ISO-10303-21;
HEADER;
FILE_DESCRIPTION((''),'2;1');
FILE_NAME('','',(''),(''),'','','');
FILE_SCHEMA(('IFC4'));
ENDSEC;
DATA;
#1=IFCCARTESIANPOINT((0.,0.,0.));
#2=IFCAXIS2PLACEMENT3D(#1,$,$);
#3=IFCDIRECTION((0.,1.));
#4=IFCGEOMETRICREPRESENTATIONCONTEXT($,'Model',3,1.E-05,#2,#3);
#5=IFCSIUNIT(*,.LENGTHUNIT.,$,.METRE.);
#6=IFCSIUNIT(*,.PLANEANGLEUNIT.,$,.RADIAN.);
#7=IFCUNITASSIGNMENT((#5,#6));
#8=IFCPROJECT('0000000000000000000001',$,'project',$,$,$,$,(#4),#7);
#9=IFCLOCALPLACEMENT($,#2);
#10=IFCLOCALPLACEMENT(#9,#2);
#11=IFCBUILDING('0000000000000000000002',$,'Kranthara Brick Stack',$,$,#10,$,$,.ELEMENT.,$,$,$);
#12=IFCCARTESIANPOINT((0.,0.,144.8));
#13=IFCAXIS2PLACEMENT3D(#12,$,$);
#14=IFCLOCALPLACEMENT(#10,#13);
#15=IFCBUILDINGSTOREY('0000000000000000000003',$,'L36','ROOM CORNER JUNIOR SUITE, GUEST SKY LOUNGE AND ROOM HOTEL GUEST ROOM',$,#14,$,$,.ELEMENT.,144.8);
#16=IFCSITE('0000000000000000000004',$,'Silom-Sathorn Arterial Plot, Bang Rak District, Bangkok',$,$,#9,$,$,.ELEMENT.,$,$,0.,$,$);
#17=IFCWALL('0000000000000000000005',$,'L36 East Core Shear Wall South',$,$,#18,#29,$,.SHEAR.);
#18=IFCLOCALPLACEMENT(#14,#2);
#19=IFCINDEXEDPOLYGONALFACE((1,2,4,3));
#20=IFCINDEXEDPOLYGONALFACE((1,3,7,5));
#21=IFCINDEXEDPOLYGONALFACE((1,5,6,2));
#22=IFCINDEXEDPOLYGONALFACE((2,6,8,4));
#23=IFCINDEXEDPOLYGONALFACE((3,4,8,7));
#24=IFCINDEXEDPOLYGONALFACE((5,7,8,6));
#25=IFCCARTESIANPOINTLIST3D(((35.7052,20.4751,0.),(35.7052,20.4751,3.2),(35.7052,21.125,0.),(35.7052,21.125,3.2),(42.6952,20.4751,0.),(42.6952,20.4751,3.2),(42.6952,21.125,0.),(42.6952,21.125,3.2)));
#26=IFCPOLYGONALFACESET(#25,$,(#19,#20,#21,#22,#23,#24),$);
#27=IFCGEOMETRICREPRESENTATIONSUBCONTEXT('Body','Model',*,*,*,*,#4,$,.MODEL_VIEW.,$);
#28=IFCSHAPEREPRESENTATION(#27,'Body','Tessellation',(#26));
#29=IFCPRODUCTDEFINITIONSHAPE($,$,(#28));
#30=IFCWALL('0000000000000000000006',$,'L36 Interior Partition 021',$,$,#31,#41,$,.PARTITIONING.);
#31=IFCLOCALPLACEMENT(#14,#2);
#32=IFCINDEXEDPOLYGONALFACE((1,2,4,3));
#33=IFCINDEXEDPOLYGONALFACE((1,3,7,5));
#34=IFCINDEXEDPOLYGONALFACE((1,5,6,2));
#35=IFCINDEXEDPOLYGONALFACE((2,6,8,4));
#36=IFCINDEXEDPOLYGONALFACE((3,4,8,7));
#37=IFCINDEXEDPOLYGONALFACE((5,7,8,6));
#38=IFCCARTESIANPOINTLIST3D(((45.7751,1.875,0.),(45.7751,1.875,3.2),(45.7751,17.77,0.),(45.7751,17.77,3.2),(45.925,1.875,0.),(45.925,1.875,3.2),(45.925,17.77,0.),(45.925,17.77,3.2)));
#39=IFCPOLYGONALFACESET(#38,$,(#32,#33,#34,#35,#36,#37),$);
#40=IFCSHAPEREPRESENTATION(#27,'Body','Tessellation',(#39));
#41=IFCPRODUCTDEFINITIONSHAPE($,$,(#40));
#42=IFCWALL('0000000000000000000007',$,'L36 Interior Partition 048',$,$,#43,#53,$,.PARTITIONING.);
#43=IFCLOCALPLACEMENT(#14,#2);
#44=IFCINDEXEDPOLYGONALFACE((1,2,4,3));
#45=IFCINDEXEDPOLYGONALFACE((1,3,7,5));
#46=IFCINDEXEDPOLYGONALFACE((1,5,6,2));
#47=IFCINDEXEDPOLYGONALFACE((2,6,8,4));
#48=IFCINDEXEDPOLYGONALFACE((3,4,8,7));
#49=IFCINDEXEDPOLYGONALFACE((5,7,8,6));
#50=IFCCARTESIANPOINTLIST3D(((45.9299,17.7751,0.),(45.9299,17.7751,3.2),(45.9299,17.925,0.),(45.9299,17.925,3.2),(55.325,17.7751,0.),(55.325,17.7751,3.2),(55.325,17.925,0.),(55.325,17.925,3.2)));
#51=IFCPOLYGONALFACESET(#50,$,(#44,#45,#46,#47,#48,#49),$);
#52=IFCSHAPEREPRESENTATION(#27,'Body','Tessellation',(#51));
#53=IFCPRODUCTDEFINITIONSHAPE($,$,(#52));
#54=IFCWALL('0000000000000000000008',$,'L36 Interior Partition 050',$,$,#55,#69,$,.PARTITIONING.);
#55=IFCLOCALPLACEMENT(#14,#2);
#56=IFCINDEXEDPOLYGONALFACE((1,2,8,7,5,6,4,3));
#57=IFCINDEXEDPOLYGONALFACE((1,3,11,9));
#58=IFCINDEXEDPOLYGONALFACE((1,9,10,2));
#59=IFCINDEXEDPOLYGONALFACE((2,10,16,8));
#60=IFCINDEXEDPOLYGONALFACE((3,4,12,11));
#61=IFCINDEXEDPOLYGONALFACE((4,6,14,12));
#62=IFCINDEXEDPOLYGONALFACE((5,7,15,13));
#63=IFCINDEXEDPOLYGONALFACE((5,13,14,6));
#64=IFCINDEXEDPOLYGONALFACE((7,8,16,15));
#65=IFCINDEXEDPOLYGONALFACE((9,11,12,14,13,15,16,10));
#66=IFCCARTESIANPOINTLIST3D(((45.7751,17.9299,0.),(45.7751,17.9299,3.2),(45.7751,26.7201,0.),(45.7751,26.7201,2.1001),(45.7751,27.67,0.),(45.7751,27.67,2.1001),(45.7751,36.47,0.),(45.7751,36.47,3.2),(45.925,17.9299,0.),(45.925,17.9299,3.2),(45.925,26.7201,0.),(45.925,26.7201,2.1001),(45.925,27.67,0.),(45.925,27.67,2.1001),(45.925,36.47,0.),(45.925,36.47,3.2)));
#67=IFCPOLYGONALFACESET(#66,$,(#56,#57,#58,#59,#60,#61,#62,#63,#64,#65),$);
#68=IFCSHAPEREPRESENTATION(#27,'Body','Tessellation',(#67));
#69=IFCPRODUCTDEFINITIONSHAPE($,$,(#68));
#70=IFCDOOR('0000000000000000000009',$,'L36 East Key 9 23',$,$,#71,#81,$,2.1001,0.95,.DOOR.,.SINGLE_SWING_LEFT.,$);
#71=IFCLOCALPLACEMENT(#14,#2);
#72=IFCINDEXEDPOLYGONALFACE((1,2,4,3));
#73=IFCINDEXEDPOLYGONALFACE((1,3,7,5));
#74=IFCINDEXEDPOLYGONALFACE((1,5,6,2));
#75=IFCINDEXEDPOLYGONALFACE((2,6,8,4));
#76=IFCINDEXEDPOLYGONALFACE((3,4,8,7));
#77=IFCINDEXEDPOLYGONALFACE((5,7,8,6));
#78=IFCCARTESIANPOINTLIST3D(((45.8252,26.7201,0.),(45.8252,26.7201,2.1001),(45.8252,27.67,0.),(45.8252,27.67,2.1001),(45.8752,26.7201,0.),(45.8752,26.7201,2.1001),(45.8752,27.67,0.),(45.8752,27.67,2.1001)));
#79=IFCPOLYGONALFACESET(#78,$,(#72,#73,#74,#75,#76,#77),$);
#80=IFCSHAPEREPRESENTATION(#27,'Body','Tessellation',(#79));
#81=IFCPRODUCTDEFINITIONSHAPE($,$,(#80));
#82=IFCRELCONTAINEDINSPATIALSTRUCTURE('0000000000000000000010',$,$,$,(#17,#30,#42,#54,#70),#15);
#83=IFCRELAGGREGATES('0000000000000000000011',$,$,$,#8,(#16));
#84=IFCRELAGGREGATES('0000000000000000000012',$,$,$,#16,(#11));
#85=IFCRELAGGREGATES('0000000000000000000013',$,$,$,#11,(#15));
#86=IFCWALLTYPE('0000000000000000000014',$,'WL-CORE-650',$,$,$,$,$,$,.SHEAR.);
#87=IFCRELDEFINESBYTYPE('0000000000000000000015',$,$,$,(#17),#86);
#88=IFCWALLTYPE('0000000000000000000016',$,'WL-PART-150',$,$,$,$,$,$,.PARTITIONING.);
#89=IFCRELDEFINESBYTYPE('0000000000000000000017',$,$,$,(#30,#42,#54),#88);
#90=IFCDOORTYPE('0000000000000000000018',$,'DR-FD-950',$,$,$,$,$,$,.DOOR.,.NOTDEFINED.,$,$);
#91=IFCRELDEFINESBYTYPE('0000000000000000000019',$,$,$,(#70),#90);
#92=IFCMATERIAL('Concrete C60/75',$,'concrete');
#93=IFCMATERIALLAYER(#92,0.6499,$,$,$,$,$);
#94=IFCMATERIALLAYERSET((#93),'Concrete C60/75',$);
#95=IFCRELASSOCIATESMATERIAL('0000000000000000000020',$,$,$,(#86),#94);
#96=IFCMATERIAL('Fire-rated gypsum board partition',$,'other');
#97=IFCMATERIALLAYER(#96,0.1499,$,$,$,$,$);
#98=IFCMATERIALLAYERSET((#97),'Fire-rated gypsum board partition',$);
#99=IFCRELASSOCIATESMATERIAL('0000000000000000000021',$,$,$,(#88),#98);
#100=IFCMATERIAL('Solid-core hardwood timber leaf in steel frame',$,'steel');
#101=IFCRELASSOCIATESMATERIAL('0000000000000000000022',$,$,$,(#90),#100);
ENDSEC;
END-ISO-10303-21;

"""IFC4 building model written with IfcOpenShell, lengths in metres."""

from ifc_helpers import new_model, si_unit, direction, frame, frame_2d, origin, place, context, subcontext, project, spatial, rectangle, extrude, material, layer, layer_set, type_object, element, fill, save


model = new_model("IFC4")

# Units and contexts
model_context = context("Model", 3, precision=1e-05, world=origin(), true_north=direction((0.0, 1.0)))
body_context = subcontext(model_context, "Body", "Model", "MODEL_VIEW")
ifc_project = project(units=[si_unit("LENGTHUNIT", "METRE"), si_unit("PLANEANGLEUNIT", "RADIAN")], contexts=[model_context])

# Site, building, storey
site_placement = place(None, origin())
site = spatial("IfcSite", under=ifc_project, at=site_placement, Name="Silom-Sathorn Arterial Plot, Bang Rak District, Bangkok", CompositionType="ELEMENT", RefElevation=0.0)
building_placement = place(site_placement, origin())
building = spatial("IfcBuilding", under=site, at=building_placement, Name="Kranthara Brick Stack", CompositionType="ELEMENT")
storey_placement = place(building_placement, frame((0.0, 0.0, 144.8)))
storey = spatial("IfcBuildingStorey", under=building, at=storey_placement, Name="L36", Description="ROOM CORNER JUNIOR SUITE, GUEST SKY LOUNGE AND ROOM HOTEL GUEST ROOM", CompositionType="ELEMENT", Elevation=144.8)

# Walls
ifc_material_1 = material(Name="Concrete C60/75", Category="concrete")
ifc_layer_1 = layer(ifc_material_1, 0.6499)
ifc_layer_set_1 = layer_set([ifc_layer_1], Name="Concrete C60/75")
wall_type_1 = type_object("IfcWallType", Name="WL-CORE-650", PredefinedType="SHEAR", material=ifc_layer_set_1)
wall_1_placement = place(storey_placement, frame((35.7051, 20.8, 0.0), z_axis=(0.0, 0.0, 1.0), x_axis=(1.0, 0.0, 0.0)))
element("IfcWall", 1, at=wall_1_placement, inside=storey, type_object=wall_type_1, Name="L36 East Core Shear Wall South", PredefinedType="SHEAR", context=body_context, shape_type="SweptSolid", body=[
    extrude(rectangle(XDim=6.99, YDim=0.6499, at=frame_2d((3.4951, 0.0))), origin(), (0.0, 0.0, 1.0), 3.2),
])
ifc_material_2 = material(Name="Fire-rated gypsum board partition", Category="other")
ifc_layer_2 = layer(ifc_material_2, 0.1499)
ifc_layer_set_2 = layer_set([ifc_layer_2], Name="Fire-rated gypsum board partition")
wall_type_2 = type_object("IfcWallType", Name="WL-PART-150", PredefinedType="PARTITIONING", material=ifc_layer_set_2)
wall_2_placement = place(storey_placement, frame((45.8501, 1.875, 0.0), z_axis=(0.0, 0.0, 1.0), x_axis=(0.0, 1.0, 0.0)))
element("IfcWall", 2, at=wall_2_placement, inside=storey, type_object=wall_type_2, Name="L36 Interior Partition 021", PredefinedType="PARTITIONING", context=body_context, shape_type="SweptSolid", body=[
    extrude(rectangle(XDim=15.895, YDim=0.1499, at=frame_2d((7.9475, 0.0))), origin(), (0.0, 0.0, 1.0), 3.2),
])
wall_3_placement = place(storey_placement, frame((45.9299, 17.8501, 0.0), z_axis=(0.0, 0.0, 1.0), x_axis=(1.0, 0.0, 0.0)))
element("IfcWall", 3, at=wall_3_placement, inside=storey, type_object=wall_type_2, Name="L36 Interior Partition 048", PredefinedType="PARTITIONING", context=body_context, shape_type="SweptSolid", body=[
    extrude(rectangle(XDim=9.395, YDim=0.1499, at=frame_2d((4.6975, 0.0))), origin(), (0.0, 0.0, 1.0), 3.2),
])

# Wall, opening, door
wall_4_placement = place(storey_placement, frame((45.8501, 17.9299, 0.0), z_axis=(0.0, 0.0, 1.0), x_axis=(0.0, 1.0, 0.0)))
wall_4 = element("IfcWall", 4, at=wall_4_placement, inside=storey, type_object=wall_type_2, Name="L36 Interior Partition 050", PredefinedType="PARTITIONING", context=body_context, shape_type="SweptSolid", body=[
    extrude(rectangle(XDim=18.54, YDim=0.1499, at=frame_2d((9.27, 0.0))), origin(), (0.0, 0.0, 1.0), 3.2),
])
opening_1_placement = place(wall_4_placement, frame((8.79, 0.0, 0.0)))
opening_1 = element("IfcOpeningElement", 5, at=opening_1_placement, cuts=wall_4, PredefinedType="OPENING", context=body_context, shape_type="SweptSolid", body=[
    extrude(rectangle(XDim=0.95, YDim=2.1001, at=frame_2d((0.4751, 1.05))), frame((0.0, 0.085, 0.0), z_axis=(0.0, -1.0, 0.0), x_axis=(1.0, 0.0, 0.0)), (0.0, 0.0, 1.0), 0.1699),
])
ifc_material_3 = material(Name="Solid-core hardwood timber leaf in steel frame", Category="steel")
door_type_1 = type_object("IfcDoorType", Name="DR-FD-950", OperationType="NOTDEFINED", PredefinedType="DOOR", material=ifc_material_3)
door_1_placement = place(opening_1_placement, origin())
door_1 = element("IfcDoor", 6, at=door_1_placement, inside=storey, type_object=door_type_1, Name="L36 East Key 9 23", OperationType="SINGLE_SWING_LEFT", OverallHeight=2.1001, OverallWidth=0.95, PredefinedType="DOOR", context=body_context, shape_type="SweptSolid", body=[
    extrude(rectangle(XDim=0.95, YDim=2.1001, at=frame_2d((0.4751, 1.05))), frame((0.0, 0.0249, 0.0), z_axis=(0.0, -1.0, 0.0), x_axis=(1.0, 0.0, 0.0)), (0.0, 0.0, 1.0), 0.05),
])
fill(opening_1, door_1)

save(model, "model.ifc")
